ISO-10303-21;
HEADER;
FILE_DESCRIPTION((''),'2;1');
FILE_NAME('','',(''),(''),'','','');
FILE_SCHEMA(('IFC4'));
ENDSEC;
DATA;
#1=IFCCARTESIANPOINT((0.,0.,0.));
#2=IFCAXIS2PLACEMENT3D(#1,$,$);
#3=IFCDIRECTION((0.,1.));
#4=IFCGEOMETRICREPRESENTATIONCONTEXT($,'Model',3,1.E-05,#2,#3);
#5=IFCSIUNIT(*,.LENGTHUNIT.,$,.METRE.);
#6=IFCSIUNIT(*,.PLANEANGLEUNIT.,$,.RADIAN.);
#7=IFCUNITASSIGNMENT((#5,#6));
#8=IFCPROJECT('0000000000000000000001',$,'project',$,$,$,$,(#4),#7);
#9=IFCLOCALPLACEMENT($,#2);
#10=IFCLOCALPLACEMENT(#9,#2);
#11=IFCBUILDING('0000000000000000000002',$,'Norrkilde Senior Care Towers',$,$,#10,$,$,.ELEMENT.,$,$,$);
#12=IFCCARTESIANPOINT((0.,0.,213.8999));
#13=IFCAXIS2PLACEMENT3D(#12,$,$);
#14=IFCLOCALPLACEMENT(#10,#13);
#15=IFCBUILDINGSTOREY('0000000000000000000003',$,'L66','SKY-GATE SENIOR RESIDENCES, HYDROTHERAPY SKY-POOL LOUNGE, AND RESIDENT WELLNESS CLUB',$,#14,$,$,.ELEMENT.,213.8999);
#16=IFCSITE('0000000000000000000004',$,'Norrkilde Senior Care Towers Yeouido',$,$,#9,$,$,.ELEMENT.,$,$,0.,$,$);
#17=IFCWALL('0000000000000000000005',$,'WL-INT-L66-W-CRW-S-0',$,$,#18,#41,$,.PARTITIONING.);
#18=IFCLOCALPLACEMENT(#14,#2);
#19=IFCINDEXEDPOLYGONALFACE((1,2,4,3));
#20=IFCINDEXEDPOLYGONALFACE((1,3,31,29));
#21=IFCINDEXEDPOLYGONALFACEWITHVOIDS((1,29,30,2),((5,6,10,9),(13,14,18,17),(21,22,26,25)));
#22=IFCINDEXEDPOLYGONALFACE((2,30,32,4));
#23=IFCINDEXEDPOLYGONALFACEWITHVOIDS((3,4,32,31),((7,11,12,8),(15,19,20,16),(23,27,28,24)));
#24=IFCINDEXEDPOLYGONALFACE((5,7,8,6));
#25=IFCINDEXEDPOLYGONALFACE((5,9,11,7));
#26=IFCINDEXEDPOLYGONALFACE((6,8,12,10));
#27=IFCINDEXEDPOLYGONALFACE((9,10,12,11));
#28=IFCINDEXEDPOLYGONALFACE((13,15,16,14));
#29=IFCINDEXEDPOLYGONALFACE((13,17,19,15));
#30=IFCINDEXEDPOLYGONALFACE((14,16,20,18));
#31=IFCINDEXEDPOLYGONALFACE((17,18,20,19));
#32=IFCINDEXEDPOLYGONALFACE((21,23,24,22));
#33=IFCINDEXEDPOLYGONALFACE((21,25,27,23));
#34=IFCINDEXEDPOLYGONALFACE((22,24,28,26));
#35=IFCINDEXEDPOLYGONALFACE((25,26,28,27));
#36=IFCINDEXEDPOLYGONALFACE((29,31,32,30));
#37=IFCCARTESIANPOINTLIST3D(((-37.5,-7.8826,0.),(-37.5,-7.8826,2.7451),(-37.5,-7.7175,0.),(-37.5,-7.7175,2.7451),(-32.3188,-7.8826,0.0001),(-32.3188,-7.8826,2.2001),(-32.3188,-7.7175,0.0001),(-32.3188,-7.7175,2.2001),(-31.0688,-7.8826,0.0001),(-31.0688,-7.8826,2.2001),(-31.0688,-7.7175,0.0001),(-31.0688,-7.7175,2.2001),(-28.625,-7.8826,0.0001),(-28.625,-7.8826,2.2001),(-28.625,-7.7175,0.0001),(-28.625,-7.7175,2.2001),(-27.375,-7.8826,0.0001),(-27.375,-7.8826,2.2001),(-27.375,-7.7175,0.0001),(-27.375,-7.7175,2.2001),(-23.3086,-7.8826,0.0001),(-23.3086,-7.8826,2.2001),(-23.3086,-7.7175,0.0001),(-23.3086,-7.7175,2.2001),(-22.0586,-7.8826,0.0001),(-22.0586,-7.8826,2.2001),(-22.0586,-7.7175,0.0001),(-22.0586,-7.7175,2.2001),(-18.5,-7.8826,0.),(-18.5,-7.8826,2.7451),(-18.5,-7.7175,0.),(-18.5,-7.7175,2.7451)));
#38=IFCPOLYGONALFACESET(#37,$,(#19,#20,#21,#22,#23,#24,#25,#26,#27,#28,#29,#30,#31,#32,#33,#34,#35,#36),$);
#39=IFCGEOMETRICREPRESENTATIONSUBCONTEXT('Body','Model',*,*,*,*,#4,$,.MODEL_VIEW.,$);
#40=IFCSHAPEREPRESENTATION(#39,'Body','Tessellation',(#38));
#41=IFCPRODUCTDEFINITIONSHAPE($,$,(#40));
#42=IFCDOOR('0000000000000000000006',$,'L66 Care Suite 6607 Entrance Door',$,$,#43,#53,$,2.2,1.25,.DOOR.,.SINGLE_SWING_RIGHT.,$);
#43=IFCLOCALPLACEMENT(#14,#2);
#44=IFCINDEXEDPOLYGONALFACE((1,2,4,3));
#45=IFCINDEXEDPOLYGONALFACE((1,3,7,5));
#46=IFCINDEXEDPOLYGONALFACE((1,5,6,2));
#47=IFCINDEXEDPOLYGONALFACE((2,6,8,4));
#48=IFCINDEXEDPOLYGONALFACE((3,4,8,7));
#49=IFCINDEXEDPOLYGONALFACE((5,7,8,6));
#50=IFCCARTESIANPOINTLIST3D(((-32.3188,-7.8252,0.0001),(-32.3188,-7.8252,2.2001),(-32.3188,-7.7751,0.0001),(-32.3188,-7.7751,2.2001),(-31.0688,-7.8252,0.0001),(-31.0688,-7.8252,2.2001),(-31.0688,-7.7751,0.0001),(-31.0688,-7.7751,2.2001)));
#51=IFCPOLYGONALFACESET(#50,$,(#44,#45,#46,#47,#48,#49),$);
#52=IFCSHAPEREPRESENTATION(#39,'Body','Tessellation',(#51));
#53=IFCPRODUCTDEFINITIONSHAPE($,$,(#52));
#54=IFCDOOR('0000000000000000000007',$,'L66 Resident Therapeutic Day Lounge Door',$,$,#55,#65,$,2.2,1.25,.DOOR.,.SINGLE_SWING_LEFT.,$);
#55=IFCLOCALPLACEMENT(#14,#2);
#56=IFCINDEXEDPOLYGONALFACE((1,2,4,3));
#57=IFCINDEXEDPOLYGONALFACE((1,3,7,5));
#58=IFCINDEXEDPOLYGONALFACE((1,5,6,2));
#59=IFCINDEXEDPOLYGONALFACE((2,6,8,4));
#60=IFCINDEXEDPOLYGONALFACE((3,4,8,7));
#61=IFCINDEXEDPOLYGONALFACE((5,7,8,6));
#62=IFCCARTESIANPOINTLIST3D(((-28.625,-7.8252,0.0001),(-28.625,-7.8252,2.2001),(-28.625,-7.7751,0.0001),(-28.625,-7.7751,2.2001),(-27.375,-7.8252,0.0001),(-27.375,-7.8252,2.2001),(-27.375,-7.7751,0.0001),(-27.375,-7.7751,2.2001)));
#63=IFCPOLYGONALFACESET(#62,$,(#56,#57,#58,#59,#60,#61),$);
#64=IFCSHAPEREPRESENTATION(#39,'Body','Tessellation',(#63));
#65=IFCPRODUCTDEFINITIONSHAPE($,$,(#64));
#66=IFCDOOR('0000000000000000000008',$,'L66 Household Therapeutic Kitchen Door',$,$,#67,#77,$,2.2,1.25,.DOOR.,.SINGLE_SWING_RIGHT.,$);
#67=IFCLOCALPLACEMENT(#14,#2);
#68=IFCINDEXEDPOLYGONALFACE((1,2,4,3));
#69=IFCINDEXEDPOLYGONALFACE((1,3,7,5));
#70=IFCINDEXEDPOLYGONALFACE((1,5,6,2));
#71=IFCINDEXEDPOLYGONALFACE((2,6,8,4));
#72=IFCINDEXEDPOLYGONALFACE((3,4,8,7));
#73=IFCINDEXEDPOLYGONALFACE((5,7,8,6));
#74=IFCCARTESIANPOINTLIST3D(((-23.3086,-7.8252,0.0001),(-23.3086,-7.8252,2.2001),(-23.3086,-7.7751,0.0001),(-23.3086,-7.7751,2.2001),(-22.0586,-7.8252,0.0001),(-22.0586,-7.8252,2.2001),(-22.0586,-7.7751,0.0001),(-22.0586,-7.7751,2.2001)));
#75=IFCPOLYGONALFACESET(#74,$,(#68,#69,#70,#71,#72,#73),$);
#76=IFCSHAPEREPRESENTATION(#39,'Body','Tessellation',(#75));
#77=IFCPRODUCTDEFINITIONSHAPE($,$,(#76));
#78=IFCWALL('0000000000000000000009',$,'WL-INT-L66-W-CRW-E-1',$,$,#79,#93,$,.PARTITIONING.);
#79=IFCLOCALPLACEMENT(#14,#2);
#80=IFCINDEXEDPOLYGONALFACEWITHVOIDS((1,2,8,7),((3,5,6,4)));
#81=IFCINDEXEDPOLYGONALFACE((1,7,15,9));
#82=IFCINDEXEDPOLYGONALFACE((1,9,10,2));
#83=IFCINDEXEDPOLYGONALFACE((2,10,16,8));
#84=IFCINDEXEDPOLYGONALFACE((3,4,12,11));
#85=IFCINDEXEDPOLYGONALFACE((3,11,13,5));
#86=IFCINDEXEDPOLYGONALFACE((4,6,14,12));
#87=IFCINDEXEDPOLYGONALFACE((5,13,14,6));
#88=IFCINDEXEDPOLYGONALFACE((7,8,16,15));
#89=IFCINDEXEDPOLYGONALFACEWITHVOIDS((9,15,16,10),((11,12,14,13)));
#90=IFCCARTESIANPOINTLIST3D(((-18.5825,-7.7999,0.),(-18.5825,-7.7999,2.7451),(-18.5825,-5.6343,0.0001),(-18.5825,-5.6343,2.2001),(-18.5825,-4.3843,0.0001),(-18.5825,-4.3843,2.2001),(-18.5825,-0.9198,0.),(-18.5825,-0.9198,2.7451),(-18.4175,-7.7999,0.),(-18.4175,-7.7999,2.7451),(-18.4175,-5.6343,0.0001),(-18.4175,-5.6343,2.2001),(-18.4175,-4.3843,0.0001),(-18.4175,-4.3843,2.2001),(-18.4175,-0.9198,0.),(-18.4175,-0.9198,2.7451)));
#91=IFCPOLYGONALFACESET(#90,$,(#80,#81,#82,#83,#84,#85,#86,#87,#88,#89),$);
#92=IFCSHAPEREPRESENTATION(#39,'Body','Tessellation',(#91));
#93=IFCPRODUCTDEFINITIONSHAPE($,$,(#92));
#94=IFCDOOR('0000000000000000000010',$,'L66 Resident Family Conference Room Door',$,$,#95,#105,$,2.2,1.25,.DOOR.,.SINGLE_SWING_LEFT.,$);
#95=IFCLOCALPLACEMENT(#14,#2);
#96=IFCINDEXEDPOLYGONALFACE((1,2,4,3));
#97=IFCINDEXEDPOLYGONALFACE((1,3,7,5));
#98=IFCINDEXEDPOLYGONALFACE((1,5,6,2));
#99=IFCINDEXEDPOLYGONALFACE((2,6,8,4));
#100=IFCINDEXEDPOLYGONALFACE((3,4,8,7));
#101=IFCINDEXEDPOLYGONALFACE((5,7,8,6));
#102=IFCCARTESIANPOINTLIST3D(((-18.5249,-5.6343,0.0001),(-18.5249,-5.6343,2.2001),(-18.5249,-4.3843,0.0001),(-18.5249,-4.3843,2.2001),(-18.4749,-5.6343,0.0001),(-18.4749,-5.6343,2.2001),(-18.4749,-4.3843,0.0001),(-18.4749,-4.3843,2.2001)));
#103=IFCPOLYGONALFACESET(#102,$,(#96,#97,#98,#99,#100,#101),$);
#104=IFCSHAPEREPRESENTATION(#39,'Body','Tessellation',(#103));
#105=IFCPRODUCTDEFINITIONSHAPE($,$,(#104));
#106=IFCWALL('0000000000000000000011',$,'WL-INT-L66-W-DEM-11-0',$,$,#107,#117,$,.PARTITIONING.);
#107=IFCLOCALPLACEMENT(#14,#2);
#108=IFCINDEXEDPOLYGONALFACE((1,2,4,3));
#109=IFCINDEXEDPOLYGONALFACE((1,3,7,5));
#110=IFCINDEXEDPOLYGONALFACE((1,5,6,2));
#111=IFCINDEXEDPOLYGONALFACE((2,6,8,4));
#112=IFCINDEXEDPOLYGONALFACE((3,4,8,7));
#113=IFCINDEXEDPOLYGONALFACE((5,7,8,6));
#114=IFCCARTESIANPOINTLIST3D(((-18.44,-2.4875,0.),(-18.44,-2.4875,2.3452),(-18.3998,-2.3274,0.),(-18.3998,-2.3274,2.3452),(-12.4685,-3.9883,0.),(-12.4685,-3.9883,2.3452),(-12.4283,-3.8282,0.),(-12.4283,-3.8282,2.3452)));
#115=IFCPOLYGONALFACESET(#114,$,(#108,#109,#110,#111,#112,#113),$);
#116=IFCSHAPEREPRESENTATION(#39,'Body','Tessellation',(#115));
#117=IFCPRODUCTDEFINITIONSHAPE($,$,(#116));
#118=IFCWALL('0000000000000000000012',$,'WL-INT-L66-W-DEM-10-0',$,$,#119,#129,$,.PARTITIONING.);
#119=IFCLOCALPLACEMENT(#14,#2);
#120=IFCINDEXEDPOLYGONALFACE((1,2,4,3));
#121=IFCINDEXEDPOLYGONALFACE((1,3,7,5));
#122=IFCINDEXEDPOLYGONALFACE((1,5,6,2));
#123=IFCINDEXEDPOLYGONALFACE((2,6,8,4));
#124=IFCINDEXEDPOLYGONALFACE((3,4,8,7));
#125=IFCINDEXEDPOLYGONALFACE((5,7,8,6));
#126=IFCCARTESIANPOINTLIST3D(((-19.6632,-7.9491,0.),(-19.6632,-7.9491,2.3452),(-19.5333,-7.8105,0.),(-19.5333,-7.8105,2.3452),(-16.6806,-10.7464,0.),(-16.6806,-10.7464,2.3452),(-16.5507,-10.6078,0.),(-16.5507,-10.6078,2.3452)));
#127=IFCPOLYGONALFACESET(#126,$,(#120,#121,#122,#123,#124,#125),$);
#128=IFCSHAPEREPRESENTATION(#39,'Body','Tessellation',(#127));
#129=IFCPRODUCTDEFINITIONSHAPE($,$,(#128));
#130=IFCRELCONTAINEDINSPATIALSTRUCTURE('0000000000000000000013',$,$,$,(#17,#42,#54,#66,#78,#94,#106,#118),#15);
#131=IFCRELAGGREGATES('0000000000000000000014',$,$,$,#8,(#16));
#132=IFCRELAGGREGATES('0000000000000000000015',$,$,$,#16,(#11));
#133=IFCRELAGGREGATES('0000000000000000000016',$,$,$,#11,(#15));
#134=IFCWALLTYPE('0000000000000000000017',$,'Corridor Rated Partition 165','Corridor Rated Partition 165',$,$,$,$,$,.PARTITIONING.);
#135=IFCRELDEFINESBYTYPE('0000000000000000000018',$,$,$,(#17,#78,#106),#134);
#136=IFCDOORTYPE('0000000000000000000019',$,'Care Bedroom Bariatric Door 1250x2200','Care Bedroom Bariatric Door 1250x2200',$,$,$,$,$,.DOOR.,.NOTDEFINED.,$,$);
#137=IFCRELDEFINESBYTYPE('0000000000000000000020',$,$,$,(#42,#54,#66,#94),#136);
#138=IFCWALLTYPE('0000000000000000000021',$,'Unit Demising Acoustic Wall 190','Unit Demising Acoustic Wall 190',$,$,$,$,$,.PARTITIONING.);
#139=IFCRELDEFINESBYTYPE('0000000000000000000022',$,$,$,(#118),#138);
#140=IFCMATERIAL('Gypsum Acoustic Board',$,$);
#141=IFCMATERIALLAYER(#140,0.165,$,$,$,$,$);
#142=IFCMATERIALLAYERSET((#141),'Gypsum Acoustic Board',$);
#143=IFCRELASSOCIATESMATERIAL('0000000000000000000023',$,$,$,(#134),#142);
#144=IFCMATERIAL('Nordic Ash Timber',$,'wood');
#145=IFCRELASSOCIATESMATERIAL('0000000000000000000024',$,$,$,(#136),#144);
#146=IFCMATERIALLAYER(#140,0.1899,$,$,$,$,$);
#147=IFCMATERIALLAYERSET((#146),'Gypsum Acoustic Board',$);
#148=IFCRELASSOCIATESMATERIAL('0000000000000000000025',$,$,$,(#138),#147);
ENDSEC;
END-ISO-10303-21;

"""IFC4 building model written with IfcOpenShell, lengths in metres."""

from ifc_helpers import new_model, si_unit, direction, frame, frame_2d, origin, place, context, subcontext, project, spatial, rectangle, extrude, source, transform, mapped, material, layer, layer_set, type_object, type_shapes, element, fill, save


model = new_model("IFC4")

# Units and contexts
model_context = context("Model", 3, precision=1e-05, world=origin(), true_north=direction((0.0, 1.0)))
body_context = subcontext(model_context, "Body", "Model", "MODEL_VIEW")
ifc_project = project(units=[si_unit("LENGTHUNIT", "METRE"), si_unit("PLANEANGLEUNIT", "RADIAN")], contexts=[model_context])

# Site, building, storey
site_placement = place(None, origin())
site = spatial("IfcSite", under=ifc_project, at=site_placement, Name="Norrkilde Senior Care Towers Yeouido", CompositionType="ELEMENT", RefElevation=0.0)
building_placement = place(site_placement, origin())
building = spatial("IfcBuilding", under=site, at=building_placement, Name="Norrkilde Senior Care Towers", CompositionType="ELEMENT")
storey_placement = place(building_placement, frame((0.0, 0.0, 213.8999)))
storey = spatial("IfcBuildingStorey", under=building, at=storey_placement, Name="L66", Description="SKY-GATE SENIOR RESIDENCES, HYDROTHERAPY SKY-POOL LOUNGE, AND RESIDENT WELLNESS CLUB", CompositionType="ELEMENT", Elevation=213.8999)

# Shared definitions
ifc_material_1 = material(Name="Gypsum Acoustic Board")
ifc_layer_1 = layer(ifc_material_1, 0.165)
ifc_layer_set_1 = layer_set([ifc_layer_1], Name="Gypsum Acoustic Board")
wall_type_1 = type_object("IfcWallType", Name="Corridor Rated Partition 165", Description="Corridor Rated Partition 165", PredefinedType="PARTITIONING", material=ifc_layer_set_1)

# Wall, openings, doors
shared_shape_1 = source(origin(), body_context, "Body", "SweptSolid", [
    extrude(rectangle(XDim=19.0, YDim=0.165, at=frame_2d((9.5, 0.0))), origin(), (0.0, 0.0, 1.0), 2.7451),
])
wall_1_placement = place(storey_placement, frame((-18.5, -7.8, 0.0), z_axis=(0.0, 0.0, 1.0), x_axis=(-1.0, 0.0, 0.0)))
wall_1 = element("IfcWall", 1, at=wall_1_placement, inside=storey, type_object=wall_type_1, Name="WL-INT-L66-W-CRW-S-0", PredefinedType="PARTITIONING", context=body_context, shape_type="MappedRepresentation", body=[
    mapped(shared_shape_1, transform((0.0, 0.0, 0.0), x_axis=(1.0, 0.0, 0.0), y_axis=(0.0, 1.0, 0.0), z_axis=(0.0, 0.0, 1.0), scale=1.0)),
])
opening_1_placement = place(wall_1_placement, frame((12.5688, 0.0, 0.0)))
opening_1 = element("IfcOpeningElement", 2, at=opening_1_placement, cuts=wall_1, PredefinedType="OPENING", context=body_context, shape_type="SweptSolid", body=[
    extrude(rectangle(XDim=1.25, YDim=2.2, at=frame_2d((0.625, 1.1001))), frame((0.0, 0.0925, 0.0), z_axis=(0.0, -1.0, 0.0), x_axis=(1.0, 0.0, 0.0)), (0.0, 0.0, 1.0), 0.1851),
])
opening_2_placement = place(wall_1_placement, frame((8.875, 0.0, 0.0)))
opening_2 = element("IfcOpeningElement", 3, at=opening_2_placement, cuts=wall_1, PredefinedType="OPENING", context=body_context, shape_type="SweptSolid", body=[
    extrude(rectangle(XDim=1.25, YDim=2.2, at=frame_2d((0.625, 1.1001))), frame((0.0, 0.0925, 0.0), z_axis=(0.0, -1.0, 0.0), x_axis=(1.0, 0.0, 0.0)), (0.0, 0.0, 1.0), 0.1851),
])
opening_3_placement = place(wall_1_placement, frame((3.5586, 0.0, 0.0)))
opening_3 = element("IfcOpeningElement", 4, at=opening_3_placement, cuts=wall_1, PredefinedType="OPENING", context=body_context, shape_type="SweptSolid", body=[
    extrude(rectangle(XDim=1.25, YDim=2.2, at=frame_2d((0.625, 1.1001))), frame((0.0, 0.0925, 0.0), z_axis=(0.0, -1.0, 0.0), x_axis=(1.0, 0.0, 0.0)), (0.0, 0.0, 1.0), 0.1851),
])
ifc_material_2 = material(Name="Nordic Ash Timber", Category="wood")
door_type_1 = type_object("IfcDoorType", Name="Care Bedroom Bariatric Door 1250x2200", Description="Care Bedroom Bariatric Door 1250x2200", OperationType="NOTDEFINED", PredefinedType="DOOR", material=ifc_material_2)
shared_shape_2 = source(origin(), body_context, "Body", "SweptSolid", [
    extrude(rectangle(XDim=1.25, YDim=2.2, at=frame_2d((0.625, 1.1001))), frame((0.0, 0.0249, 0.0), z_axis=(0.0, -1.0, 0.0), x_axis=(1.0, 0.0, 0.0)), (0.0, 0.0, 1.0), 0.05),
])
type_shapes(door_type_1, [shared_shape_2])
door_1_placement = place(opening_1_placement, frame((1.25, 0.0, 0.0), z_axis=(0.0, 0.0, 1.0), x_axis=(-1.0, 0.0, 0.0)))
door_1 = element("IfcDoor", 5, at=door_1_placement, inside=storey, type_object=door_type_1, Name="L66 Care Suite 6607 Entrance Door", OperationType="SINGLE_SWING_RIGHT", OverallHeight=2.2, OverallWidth=1.25, PredefinedType="DOOR", context=body_context, shape_type="MappedRepresentation", body=[
    mapped(shared_shape_2, transform((0.0, 0.0, 0.0), x_axis=(1.0, 0.0, 0.0), y_axis=(0.0, 1.0, 0.0), z_axis=(0.0, 0.0, 1.0), scale=1.0)),
])
fill(opening_1, door_1)
door_2_placement = place(opening_2_placement, frame((1.25, 0.0, 0.0), z_axis=(0.0, 0.0, 1.0), x_axis=(-1.0, 0.0, 0.0)))
door_2 = element("IfcDoor", 6, at=door_2_placement, inside=storey, type_object=door_type_1, Name="L66 Resident Therapeutic Day Lounge Door", OperationType="SINGLE_SWING_LEFT", OverallHeight=2.2, OverallWidth=1.25, PredefinedType="DOOR", context=body_context, shape_type="MappedRepresentation", body=[
    mapped(shared_shape_2, transform((0.0, 0.0, 0.0), x_axis=(1.0, 0.0, 0.0), y_axis=(0.0, 1.0, 0.0), z_axis=(0.0, 0.0, 1.0), scale=1.0)),
])
fill(opening_2, door_2)
door_3_placement = place(opening_3_placement, frame((1.25, 0.0, 0.0), z_axis=(0.0, 0.0, 1.0), x_axis=(-1.0, 0.0, 0.0)))
door_3 = element("IfcDoor", 7, at=door_3_placement, inside=storey, type_object=door_type_1, Name="L66 Household Therapeutic Kitchen Door", OperationType="SINGLE_SWING_RIGHT", OverallHeight=2.2, OverallWidth=1.25, PredefinedType="DOOR", context=body_context, shape_type="MappedRepresentation", body=[
    mapped(shared_shape_2, transform((0.0, 0.0, 0.0), x_axis=(1.0, 0.0, 0.0), y_axis=(0.0, 1.0, 0.0), z_axis=(0.0, 0.0, 1.0), scale=1.0)),
])
fill(opening_3, door_3)

# Wall, opening, door
shared_shape_3 = source(origin(), body_context, "Body", "SweptSolid", [
    extrude(rectangle(XDim=6.8801, YDim=0.165, at=frame_2d((3.4399, 0.0))), origin(), (0.0, 0.0, 1.0), 2.7451),
])
wall_2_placement = place(storey_placement, frame((-18.5, -0.9199, 0.0), z_axis=(0.0, 0.0, 1.0), x_axis=(0.0, -1.0, 0.0)))
wall_2 = element("IfcWall", 8, at=wall_2_placement, inside=storey, type_object=wall_type_1, Name="WL-INT-L66-W-CRW-E-1", PredefinedType="PARTITIONING", context=body_context, shape_type="MappedRepresentation", body=[
    mapped(shared_shape_3, transform((0.0, 0.0, 0.0), x_axis=(1.0, 0.0, 0.0), y_axis=(0.0, 1.0, 0.0), z_axis=(0.0, 0.0, 1.0), scale=1.0)),
])
opening_4_placement = place(wall_2_placement, frame((3.4644, 0.0, 0.0)))
opening_4 = element("IfcOpeningElement", 9, at=opening_4_placement, cuts=wall_2, PredefinedType="OPENING", context=body_context, shape_type="SweptSolid", body=[
    extrude(rectangle(XDim=1.25, YDim=2.2, at=frame_2d((0.625, 1.1001))), frame((0.0, 0.0925, 0.0), z_axis=(0.0, -1.0, 0.0), x_axis=(1.0, 0.0, 0.0)), (0.0, 0.0, 1.0), 0.1851),
])
door_4_placement = place(opening_4_placement, frame((1.25, 0.0, 0.0), z_axis=(0.0, 0.0, 1.0), x_axis=(-1.0, 0.0, 0.0)))
door_4 = element("IfcDoor", 10, at=door_4_placement, inside=storey, type_object=door_type_1, Name="L66 Resident Family Conference Room Door", OperationType="SINGLE_SWING_LEFT", OverallHeight=2.2, OverallWidth=1.25, PredefinedType="DOOR", context=body_context, shape_type="MappedRepresentation", body=[
    mapped(shared_shape_2, transform((0.0, 0.0, 0.0), x_axis=(1.0, 0.0, 0.0), y_axis=(0.0, 1.0, 0.0), z_axis=(0.0, 0.0, 1.0), scale=1.0)),
])
fill(opening_4, door_4)

# Walls
shared_shape_4 = source(origin(), body_context, "Body", "SweptSolid", [
    extrude(rectangle(XDim=6.1572, YDim=0.165, at=frame_2d((3.0786, 0.0))), origin(), (0.0, 0.0, 1.0), 2.3452),
])
wall_3_placement = place(storey_placement, frame((-18.4199, -2.4075, 0.0), z_axis=(0.0, 0.0, 1.0), x_axis=(0.969841, -0.243739, 0.0)))
element("IfcWall", 11, at=wall_3_placement, inside=storey, type_object=wall_type_1, Name="WL-INT-L66-W-DEM-11-0", PredefinedType="PARTITIONING", context=body_context, shape_type="MappedRepresentation", body=[
    mapped(shared_shape_4, transform((0.0, 0.0, 0.0), x_axis=(1.0, 0.0, 0.0), y_axis=(0.0, 1.0, 0.0), z_axis=(0.0, 0.0, 1.0), scale=1.0)),
])
ifc_layer_2 = layer(ifc_material_1, 0.1899)
ifc_layer_set_2 = layer_set([ifc_layer_2], Name="Gypsum Acoustic Board")
wall_type_2 = type_object("IfcWallType", Name="Unit Demising Acoustic Wall 190", Description="Unit Demising Acoustic Wall 190", PredefinedType="PARTITIONING", material=ifc_layer_set_2)
shared_shape_5 = source(origin(), body_context, "Body", "SweptSolid", [
    extrude(rectangle(XDim=4.0891, YDim=0.1899, at=frame_2d((2.0444, 0.0))), origin(), (0.0, 0.0, 1.0), 2.3452),
])
type_shapes(wall_type_2, [shared_shape_5])
wall_4_placement = place(storey_placement, frame((-19.5981, -7.8799, 0.0), z_axis=(0.0, 0.0, 1.0), x_axis=(0.729401, -0.684086, 0.0)))
element("IfcWall", 12, at=wall_4_placement, inside=storey, type_object=wall_type_2, Name="WL-INT-L66-W-DEM-10-0", PredefinedType="PARTITIONING", context=body_context, shape_type="MappedRepresentation", body=[
    mapped(shared_shape_5, transform((0.0, 0.0, 0.0), x_axis=(1.0, 0.0, 0.0), y_axis=(0.0, 1.0, 0.0), z_axis=(0.0, 0.0, 1.0), scale=1.0)),
])

save(model, "model.ifc")
